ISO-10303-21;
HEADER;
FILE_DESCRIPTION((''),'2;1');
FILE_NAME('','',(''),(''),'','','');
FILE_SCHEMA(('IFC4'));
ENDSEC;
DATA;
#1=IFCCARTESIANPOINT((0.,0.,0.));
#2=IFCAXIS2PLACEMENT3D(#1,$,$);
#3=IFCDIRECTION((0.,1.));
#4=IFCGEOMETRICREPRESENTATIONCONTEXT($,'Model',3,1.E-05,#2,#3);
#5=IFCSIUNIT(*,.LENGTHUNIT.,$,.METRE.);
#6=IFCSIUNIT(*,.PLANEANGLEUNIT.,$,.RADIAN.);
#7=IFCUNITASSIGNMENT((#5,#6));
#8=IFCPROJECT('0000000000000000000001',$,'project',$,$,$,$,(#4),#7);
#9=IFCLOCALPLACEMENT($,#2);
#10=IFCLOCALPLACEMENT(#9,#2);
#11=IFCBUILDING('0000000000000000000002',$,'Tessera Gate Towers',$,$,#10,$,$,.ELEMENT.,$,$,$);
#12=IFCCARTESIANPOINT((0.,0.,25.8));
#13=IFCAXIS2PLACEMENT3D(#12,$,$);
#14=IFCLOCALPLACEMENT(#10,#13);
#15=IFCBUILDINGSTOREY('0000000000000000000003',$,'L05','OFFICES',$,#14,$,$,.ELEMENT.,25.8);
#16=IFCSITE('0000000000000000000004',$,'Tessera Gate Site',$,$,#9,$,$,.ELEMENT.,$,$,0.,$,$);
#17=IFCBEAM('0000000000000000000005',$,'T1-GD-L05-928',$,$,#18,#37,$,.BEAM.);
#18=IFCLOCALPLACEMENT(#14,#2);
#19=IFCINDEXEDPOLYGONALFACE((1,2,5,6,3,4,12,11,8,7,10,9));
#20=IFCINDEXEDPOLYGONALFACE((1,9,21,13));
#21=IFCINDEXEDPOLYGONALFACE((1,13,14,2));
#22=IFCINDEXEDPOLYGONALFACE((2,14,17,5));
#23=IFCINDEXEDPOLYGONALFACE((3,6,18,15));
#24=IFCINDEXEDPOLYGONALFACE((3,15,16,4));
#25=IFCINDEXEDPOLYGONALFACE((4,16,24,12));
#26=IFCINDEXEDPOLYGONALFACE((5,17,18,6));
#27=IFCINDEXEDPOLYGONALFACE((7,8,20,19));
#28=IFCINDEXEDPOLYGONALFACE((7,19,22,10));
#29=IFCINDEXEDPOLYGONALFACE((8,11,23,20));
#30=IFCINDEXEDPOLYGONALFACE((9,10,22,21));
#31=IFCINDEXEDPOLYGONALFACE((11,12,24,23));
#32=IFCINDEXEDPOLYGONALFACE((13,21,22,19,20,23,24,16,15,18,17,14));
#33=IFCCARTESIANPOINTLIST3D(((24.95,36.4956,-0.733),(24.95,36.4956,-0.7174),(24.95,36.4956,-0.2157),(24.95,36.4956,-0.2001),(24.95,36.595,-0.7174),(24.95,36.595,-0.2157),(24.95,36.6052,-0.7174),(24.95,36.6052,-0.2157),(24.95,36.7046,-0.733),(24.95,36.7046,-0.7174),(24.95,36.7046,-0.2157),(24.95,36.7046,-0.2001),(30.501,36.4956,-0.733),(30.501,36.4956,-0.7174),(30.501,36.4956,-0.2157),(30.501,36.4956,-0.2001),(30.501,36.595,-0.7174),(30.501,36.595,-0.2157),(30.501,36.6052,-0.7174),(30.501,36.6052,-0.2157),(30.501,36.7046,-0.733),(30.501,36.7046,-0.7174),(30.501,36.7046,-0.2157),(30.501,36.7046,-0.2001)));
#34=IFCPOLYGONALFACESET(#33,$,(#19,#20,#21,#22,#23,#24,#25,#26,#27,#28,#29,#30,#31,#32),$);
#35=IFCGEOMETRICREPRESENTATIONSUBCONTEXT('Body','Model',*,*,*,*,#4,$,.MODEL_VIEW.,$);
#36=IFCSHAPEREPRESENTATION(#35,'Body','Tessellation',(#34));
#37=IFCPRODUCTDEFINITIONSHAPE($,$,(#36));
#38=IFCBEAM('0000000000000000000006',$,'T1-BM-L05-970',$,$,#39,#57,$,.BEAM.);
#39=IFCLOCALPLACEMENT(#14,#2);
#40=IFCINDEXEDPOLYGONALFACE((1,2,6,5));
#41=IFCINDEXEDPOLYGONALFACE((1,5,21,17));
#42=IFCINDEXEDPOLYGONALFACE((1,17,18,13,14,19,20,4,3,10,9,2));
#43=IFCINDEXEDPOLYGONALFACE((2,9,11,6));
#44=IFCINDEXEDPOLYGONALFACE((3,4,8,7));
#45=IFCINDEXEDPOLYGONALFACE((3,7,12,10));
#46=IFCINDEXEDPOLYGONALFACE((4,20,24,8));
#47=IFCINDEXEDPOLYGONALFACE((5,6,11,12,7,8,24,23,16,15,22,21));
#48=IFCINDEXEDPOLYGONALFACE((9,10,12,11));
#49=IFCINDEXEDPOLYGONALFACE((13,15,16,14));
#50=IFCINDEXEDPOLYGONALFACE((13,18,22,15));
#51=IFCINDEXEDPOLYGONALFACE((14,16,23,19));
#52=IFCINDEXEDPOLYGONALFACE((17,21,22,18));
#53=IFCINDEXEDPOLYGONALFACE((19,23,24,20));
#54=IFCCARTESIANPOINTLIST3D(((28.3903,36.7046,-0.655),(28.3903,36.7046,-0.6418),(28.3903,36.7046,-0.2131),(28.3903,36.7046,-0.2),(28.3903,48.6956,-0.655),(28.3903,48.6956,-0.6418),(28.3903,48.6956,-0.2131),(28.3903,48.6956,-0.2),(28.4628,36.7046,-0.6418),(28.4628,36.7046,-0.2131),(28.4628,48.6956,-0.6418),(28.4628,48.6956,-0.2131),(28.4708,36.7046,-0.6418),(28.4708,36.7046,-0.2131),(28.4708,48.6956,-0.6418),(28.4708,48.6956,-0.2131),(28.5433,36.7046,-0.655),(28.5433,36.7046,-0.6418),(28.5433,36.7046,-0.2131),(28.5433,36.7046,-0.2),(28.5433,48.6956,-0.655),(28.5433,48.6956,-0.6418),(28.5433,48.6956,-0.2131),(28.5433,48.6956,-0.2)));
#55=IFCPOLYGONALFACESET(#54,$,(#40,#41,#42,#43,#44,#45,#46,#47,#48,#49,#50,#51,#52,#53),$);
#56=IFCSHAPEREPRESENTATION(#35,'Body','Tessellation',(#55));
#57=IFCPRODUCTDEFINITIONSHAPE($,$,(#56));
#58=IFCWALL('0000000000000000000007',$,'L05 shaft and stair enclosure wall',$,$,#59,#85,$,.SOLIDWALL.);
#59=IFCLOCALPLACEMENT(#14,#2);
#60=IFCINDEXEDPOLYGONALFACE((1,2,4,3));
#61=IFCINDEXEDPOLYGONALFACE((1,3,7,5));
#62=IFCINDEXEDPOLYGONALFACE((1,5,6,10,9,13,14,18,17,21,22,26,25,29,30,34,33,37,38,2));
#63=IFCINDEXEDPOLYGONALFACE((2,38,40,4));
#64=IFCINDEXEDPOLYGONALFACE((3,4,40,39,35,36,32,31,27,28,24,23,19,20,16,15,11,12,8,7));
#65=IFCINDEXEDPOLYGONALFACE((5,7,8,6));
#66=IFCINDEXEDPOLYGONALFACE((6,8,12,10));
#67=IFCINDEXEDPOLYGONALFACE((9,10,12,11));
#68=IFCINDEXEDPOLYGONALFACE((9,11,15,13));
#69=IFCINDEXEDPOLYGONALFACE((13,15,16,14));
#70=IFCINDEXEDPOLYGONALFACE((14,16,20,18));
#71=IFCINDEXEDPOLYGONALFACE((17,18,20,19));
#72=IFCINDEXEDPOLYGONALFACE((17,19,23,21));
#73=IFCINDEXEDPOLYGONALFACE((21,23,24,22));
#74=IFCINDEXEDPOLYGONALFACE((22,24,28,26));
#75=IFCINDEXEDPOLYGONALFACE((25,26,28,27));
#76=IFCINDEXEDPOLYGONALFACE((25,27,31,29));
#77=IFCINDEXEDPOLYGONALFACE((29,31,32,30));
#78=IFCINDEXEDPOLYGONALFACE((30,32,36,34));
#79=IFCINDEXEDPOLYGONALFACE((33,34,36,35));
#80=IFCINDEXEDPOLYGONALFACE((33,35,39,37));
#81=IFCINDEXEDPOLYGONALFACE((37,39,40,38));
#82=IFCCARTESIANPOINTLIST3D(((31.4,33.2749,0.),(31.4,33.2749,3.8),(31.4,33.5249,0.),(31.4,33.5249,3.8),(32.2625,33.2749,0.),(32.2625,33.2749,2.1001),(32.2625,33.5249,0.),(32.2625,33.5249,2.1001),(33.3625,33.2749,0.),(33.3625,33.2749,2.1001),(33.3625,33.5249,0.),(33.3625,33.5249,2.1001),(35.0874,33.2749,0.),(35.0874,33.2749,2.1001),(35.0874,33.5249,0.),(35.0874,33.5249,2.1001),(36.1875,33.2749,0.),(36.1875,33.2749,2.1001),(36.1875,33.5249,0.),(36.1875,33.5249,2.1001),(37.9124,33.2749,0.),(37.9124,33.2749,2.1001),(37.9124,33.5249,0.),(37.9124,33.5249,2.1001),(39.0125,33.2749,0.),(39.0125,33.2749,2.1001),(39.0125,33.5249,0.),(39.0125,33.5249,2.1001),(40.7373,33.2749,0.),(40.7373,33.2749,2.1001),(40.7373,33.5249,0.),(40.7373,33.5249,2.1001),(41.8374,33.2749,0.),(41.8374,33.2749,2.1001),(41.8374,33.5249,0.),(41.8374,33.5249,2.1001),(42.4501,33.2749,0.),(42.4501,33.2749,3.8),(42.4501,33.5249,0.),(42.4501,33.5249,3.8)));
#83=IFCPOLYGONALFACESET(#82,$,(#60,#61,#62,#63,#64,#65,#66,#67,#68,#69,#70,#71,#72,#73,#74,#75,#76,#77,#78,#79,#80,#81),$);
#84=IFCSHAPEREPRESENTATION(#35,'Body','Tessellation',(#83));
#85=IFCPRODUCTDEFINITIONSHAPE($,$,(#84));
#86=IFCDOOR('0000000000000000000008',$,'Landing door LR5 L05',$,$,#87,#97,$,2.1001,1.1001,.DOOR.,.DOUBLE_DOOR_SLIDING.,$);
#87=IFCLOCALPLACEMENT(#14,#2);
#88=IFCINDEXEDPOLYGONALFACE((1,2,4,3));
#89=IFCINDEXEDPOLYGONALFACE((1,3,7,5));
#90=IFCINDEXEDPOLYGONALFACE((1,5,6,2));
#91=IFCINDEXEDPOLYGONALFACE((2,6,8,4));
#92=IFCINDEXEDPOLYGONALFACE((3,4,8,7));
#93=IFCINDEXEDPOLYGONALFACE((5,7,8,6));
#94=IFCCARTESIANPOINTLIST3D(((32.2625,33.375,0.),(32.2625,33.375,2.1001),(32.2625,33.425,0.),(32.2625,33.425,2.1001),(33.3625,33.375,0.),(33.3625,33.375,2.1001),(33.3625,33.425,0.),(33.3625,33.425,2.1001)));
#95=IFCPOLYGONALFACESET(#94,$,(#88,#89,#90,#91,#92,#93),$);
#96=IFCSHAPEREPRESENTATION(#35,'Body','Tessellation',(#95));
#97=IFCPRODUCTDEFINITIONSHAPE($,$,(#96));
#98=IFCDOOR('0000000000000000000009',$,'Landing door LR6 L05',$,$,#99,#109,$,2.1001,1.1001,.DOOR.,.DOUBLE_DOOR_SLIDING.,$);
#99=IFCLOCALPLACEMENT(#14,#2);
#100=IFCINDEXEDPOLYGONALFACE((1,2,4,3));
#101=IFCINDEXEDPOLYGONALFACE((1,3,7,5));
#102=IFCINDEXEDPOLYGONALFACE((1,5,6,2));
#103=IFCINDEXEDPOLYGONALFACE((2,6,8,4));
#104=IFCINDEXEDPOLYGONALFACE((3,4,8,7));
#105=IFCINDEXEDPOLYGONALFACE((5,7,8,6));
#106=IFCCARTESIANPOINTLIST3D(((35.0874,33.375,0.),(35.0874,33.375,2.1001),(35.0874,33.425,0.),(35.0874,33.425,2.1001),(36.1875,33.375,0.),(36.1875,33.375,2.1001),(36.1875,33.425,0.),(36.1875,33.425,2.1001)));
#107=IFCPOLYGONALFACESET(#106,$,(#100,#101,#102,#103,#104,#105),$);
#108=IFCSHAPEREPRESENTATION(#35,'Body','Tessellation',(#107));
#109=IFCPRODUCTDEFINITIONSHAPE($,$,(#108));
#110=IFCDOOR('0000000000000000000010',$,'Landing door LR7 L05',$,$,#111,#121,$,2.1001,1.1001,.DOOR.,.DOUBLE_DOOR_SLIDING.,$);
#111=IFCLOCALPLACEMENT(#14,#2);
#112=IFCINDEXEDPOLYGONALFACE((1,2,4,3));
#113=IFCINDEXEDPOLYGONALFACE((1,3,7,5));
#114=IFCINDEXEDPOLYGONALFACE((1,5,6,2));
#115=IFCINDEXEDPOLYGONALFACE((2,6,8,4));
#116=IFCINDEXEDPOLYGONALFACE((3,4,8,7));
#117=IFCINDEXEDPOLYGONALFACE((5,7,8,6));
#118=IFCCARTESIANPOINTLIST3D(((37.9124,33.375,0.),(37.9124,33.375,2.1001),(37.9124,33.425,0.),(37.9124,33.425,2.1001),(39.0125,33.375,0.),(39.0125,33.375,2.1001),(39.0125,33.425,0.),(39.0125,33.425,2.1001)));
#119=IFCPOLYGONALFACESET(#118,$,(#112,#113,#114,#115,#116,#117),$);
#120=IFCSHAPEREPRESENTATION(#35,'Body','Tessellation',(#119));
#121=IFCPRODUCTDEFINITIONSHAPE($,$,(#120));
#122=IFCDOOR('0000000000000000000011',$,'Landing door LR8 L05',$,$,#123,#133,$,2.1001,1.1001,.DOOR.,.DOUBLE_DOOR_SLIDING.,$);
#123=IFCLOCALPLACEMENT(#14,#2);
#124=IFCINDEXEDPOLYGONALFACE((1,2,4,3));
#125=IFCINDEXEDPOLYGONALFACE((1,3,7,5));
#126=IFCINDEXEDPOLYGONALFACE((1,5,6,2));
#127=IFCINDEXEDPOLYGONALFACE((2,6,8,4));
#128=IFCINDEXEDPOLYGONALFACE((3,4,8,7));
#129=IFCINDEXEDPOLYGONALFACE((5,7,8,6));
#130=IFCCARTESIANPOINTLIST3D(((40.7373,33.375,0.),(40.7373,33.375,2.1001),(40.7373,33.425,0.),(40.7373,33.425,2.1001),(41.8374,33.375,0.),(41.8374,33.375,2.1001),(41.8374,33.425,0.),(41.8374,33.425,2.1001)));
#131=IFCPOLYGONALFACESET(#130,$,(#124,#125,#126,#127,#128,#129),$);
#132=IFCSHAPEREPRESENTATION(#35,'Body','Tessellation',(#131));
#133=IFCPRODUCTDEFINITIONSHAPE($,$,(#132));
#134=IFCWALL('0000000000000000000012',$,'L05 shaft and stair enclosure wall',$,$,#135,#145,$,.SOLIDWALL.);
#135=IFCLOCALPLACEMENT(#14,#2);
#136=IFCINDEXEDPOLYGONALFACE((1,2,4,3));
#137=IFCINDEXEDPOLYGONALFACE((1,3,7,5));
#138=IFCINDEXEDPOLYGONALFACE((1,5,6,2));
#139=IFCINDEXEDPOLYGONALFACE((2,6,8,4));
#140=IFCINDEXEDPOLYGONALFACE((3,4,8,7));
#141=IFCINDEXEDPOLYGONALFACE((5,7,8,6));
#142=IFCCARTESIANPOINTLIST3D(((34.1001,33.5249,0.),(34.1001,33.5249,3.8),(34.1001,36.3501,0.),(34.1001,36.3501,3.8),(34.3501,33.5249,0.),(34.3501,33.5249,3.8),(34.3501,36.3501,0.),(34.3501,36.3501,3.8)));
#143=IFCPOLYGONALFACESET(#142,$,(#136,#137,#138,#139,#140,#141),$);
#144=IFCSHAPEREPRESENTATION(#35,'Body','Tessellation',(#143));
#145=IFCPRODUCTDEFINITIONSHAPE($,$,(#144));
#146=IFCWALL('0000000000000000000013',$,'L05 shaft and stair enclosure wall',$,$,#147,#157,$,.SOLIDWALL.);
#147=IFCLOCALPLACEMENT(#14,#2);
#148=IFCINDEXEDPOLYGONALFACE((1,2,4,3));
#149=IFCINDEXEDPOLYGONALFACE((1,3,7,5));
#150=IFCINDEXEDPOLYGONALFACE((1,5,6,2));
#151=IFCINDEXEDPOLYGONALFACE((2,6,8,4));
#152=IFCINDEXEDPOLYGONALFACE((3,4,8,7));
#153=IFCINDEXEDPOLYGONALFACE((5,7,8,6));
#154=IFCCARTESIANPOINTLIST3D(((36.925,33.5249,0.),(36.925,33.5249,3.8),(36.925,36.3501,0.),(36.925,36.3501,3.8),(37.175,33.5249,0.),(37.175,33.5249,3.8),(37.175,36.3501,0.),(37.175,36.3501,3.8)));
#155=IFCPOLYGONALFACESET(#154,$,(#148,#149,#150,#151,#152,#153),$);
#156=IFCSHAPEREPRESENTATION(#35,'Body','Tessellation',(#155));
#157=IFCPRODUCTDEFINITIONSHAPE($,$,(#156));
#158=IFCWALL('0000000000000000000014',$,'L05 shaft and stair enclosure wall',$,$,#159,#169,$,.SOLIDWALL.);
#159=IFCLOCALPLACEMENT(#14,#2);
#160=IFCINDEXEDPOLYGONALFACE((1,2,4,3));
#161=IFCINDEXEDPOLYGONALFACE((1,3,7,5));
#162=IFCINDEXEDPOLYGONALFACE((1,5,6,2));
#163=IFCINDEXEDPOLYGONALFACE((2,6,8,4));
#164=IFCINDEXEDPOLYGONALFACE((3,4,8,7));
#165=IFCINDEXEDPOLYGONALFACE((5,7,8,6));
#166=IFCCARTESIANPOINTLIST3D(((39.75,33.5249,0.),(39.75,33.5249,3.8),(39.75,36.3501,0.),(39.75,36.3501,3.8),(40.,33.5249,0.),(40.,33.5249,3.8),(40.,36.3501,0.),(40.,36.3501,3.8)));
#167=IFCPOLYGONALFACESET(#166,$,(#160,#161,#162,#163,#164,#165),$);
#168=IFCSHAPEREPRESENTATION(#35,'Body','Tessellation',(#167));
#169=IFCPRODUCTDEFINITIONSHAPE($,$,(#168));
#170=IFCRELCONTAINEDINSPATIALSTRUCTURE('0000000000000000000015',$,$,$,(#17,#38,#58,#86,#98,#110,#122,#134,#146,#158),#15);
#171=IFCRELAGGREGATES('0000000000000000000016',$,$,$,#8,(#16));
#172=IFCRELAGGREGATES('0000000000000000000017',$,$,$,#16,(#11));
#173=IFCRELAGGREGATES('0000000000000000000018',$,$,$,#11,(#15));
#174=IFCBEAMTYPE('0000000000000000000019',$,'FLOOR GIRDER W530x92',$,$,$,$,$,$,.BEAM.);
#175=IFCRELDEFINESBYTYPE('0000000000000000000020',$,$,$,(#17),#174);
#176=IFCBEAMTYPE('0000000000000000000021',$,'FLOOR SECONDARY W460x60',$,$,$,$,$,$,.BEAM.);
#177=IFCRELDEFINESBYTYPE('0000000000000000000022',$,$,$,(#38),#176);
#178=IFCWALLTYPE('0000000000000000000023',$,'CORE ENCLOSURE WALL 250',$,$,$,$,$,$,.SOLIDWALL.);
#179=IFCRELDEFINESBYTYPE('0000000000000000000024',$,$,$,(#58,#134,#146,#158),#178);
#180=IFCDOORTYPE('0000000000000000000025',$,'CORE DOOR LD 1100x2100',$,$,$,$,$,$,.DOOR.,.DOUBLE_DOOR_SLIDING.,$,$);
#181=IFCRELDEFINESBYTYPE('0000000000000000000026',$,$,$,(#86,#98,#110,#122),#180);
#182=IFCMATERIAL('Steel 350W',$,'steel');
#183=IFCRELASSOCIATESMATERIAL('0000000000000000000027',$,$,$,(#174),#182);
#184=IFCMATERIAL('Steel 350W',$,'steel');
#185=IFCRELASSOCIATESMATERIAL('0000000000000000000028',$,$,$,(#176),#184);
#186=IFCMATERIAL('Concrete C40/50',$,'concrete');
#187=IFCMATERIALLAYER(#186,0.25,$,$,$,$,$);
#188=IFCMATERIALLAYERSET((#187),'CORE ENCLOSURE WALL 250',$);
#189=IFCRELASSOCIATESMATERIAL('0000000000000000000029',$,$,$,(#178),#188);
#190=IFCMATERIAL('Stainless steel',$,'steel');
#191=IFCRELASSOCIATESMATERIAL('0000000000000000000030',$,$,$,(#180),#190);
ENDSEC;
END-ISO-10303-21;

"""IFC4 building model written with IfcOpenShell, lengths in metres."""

from ifc_helpers import new_model, si_unit, direction, frame, frame_2d, origin, origin_2d, place, context, subcontext, project, spatial, rectangle, i_section, extrude, source, transform, mapped, material, layer, layer_set, material_profile, profile_set, type_object, element, fill, save


model = new_model("IFC4")

# Units and contexts
model_context = context("Model", 3, precision=1e-05, world=origin(), true_north=direction((0.0, 1.0)))
body_context = subcontext(model_context, "Body", "Model", "MODEL_VIEW")
ifc_project = project(units=[si_unit("LENGTHUNIT", "METRE"), si_unit("PLANEANGLEUNIT", "RADIAN")], contexts=[model_context])

# Site, building, storey
site_placement = place(None, origin())
site = spatial("IfcSite", under=ifc_project, at=site_placement, Name="Tessera Gate Site", CompositionType="ELEMENT", RefElevation=0.0)
building_placement = place(site_placement, origin())
building = spatial("IfcBuilding", under=site, at=building_placement, Name="Tessera Gate Towers", CompositionType="ELEMENT")
storey_placement = place(building_placement, frame((0.0, 0.0, 25.8)))
storey = spatial("IfcBuildingStorey", under=building, at=storey_placement, Name="L05", Description="OFFICES", CompositionType="ELEMENT", Elevation=25.8)

# Beams
ifc_material_1 = material(Name="Steel 350W", Category="steel")
ifc_material_profile_1 = material_profile(ifc_material_1, i_section(OverallWidth=0.209, OverallDepth=0.533, WebThickness=0.0103, FlangeThickness=0.0156, at=origin_2d()), Name="W530x92")
ifc_profile_set_1 = profile_set([ifc_material_profile_1], Name="Steel 350W")
beam_type_1 = type_object("IfcBeamType", Name="FLOOR GIRDER W530x92", PredefinedType="BEAM", material=ifc_profile_set_1)
beam_1_placement = place(storey_placement, frame((24.95, 36.6001, -0.4666), z_axis=(1.0, 0.0, 0.0), x_axis=(0.0, 1.0, 0.0)))
element("IfcBeam", 1, at=beam_1_placement, inside=storey, type_object=beam_type_1, Name="T1-GD-L05-928", PredefinedType="BEAM", context=body_context, shape_type="SweptSolid", body=[
    extrude(i_section(OverallWidth=0.209, OverallDepth=0.533, WebThickness=0.0103, FlangeThickness=0.0156, at=origin_2d()), origin(), (0.0, 0.0, 1.0), 5.551),
])
ifc_material_2 = material(Name="Steel 350W", Category="steel")
ifc_material_profile_2 = material_profile(ifc_material_2, i_section(OverallWidth=0.1531, OverallDepth=0.4551, WebThickness=0.0081, FlangeThickness=0.0132, at=origin_2d()), Name="W460x60")
ifc_profile_set_2 = profile_set([ifc_material_profile_2], Name="Steel 350W")
beam_type_2 = type_object("IfcBeamType", Name="FLOOR SECONDARY W460x60", PredefinedType="BEAM", material=ifc_profile_set_2)
beam_2_placement = place(storey_placement, frame((28.4668, 36.7046, -0.4275), z_axis=(0.0, 1.0, 0.0), x_axis=(-1.0, 0.0, 0.0)))
element("IfcBeam", 2, at=beam_2_placement, inside=storey, type_object=beam_type_2, Name="T1-BM-L05-970", PredefinedType="BEAM", context=body_context, shape_type="SweptSolid", body=[
    extrude(i_section(OverallWidth=0.1531, OverallDepth=0.4551, WebThickness=0.0081, FlangeThickness=0.0132, at=origin_2d()), origin(), (0.0, 0.0, 1.0), 11.991),
])

# Wall, openings, doors
ifc_material_3 = material(Name="Concrete C40/50", Category="concrete")
ifc_layer_1 = layer(ifc_material_3, 0.25)
ifc_layer_set_1 = layer_set([ifc_layer_1], Name="CORE ENCLOSURE WALL 250")
wall_type_1 = type_object("IfcWallType", Name="CORE ENCLOSURE WALL 250", PredefinedType="SOLIDWALL", material=ifc_layer_set_1)
wall_1_placement = place(storey_placement, frame((42.45, 33.3999, 0.0), z_axis=(0.0, 0.0, 1.0), x_axis=(-1.0, 0.0, 0.0)))
wall_1 = element("IfcWall", 3, at=wall_1_placement, inside=storey, type_object=wall_type_1, Name="L05 shaft and stair enclosure wall", PredefinedType="SOLIDWALL", context=body_context, shape_type="SweptSolid", body=[
    extrude(rectangle(XDim=11.05, YDim=0.25, at=frame_2d((5.5249, 0.0))), origin(), (0.0, 0.0, 1.0), 3.8),
])
shared_shape_1 = source(origin(), body_context, "Body", "SweptSolid", [
    extrude(rectangle(XDim=1.1001, YDim=2.1001, at=frame_2d((0.55, 1.05))), frame((0.0, 0.135, 0.0), z_axis=(0.0, -1.0, 0.0), x_axis=(1.0, 0.0, 0.0)), (0.0, 0.0, 1.0), 0.27),
])
opening_1_placement = place(wall_1_placement, frame((9.0874, 0.0, 0.0)))
opening_1 = element("IfcOpeningElement", 4, at=opening_1_placement, cuts=wall_1, PredefinedType="OPENING", context=body_context, shape_type="MappedRepresentation", body=[
    mapped(shared_shape_1, transform((0.0, 0.0, 0.0), scale=1.0)),
])
opening_2_placement = place(wall_1_placement, frame((6.2625, 0.0, 0.0)))
opening_2 = element("IfcOpeningElement", 5, at=opening_2_placement, cuts=wall_1, PredefinedType="OPENING", context=body_context, shape_type="MappedRepresentation", body=[
    mapped(shared_shape_1, transform((0.0, 0.0, 0.0), scale=1.0)),
])
opening_3_placement = place(wall_1_placement, frame((3.4375, 0.0, 0.0)))
opening_3 = element("IfcOpeningElement", 6, at=opening_3_placement, cuts=wall_1, PredefinedType="OPENING", context=body_context, shape_type="MappedRepresentation", body=[
    mapped(shared_shape_1, transform((0.0, 0.0, 0.0), scale=1.0)),
])
opening_4_placement = place(wall_1_placement, frame((0.6125, 0.0, 0.0)))
opening_4 = element("IfcOpeningElement", 7, at=opening_4_placement, cuts=wall_1, PredefinedType="OPENING", context=body_context, shape_type="MappedRepresentation", body=[
    mapped(shared_shape_1, transform((0.0, 0.0, 0.0), scale=1.0)),
])
ifc_material_4 = material(Name="Stainless steel", Category="steel")
door_type_1 = type_object("IfcDoorType", Name="CORE DOOR LD 1100x2100", OperationType="DOUBLE_DOOR_SLIDING", PredefinedType="DOOR", material=ifc_material_4)
shared_shape_2 = source(origin(), body_context, "Body", "SweptSolid", [
    extrude(rectangle(XDim=1.1001, YDim=2.1001, at=frame_2d((0.55, 1.05))), frame((0.0, 0.0249, 0.0), z_axis=(0.0, -1.0, 0.0), x_axis=(1.0, 0.0, 0.0)), (0.0, 0.0, 1.0), 0.05),
])
door_1_placement = place(opening_1_placement, origin())
door_1 = element("IfcDoor", 8, at=door_1_placement, inside=storey, type_object=door_type_1, Name="Landing door LR5 L05", OperationType="DOUBLE_DOOR_SLIDING", OverallHeight=2.1001, OverallWidth=1.1001, PredefinedType="DOOR", context=body_context, shape_type="MappedRepresentation", body=[
    mapped(shared_shape_2, transform((0.0, 0.0, 0.0), scale=1.0)),
])
fill(opening_1, door_1)
door_2_placement = place(opening_2_placement, origin())
door_2 = element("IfcDoor", 9, at=door_2_placement, inside=storey, type_object=door_type_1, Name="Landing door LR6 L05", OperationType="DOUBLE_DOOR_SLIDING", OverallHeight=2.1001, OverallWidth=1.1001, PredefinedType="DOOR", context=body_context, shape_type="MappedRepresentation", body=[
    mapped(shared_shape_2, transform((0.0, 0.0, 0.0), scale=1.0)),
])
fill(opening_2, door_2)
door_3_placement = place(opening_3_placement, origin())
door_3 = element("IfcDoor", 10, at=door_3_placement, inside=storey, type_object=door_type_1, Name="Landing door LR7 L05", OperationType="DOUBLE_DOOR_SLIDING", OverallHeight=2.1001, OverallWidth=1.1001, PredefinedType="DOOR", context=body_context, shape_type="MappedRepresentation", body=[
    mapped(shared_shape_2, transform((0.0, 0.0, 0.0), scale=1.0)),
])
fill(opening_3, door_3)
door_4_placement = place(opening_4_placement, origin())
door_4 = element("IfcDoor", 11, at=door_4_placement, inside=storey, type_object=door_type_1, Name="Landing door LR8 L05", OperationType="DOUBLE_DOOR_SLIDING", OverallHeight=2.1001, OverallWidth=1.1001, PredefinedType="DOOR", context=body_context, shape_type="MappedRepresentation", body=[
    mapped(shared_shape_2, transform((0.0, 0.0, 0.0), scale=1.0)),
])
fill(opening_4, door_4)

# Walls
for number, where, z_axis, x_axis, name in (
    (12, (34.2251, 33.5249, 0.0), (0.0, 0.0, 1.0), (0.0, 1.0, 0.0), "L05 shaft and stair enclosure wall"),
    (13, (37.05, 33.5249, 0.0), (0.0, 0.0, 1.0), (0.0, 1.0, 0.0), "L05 shaft and stair enclosure wall"),
    (14, (39.875, 33.5249, 0.0), (0.0, 0.0, 1.0), (0.0, 1.0, 0.0), "L05 shaft and stair enclosure wall"),
):
    element("IfcWall", number, at=place(storey_placement, frame(where, z_axis=z_axis, x_axis=x_axis)), inside=storey, type_object=wall_type_1, Name=name, PredefinedType="SOLIDWALL", context=body_context, shape_type="SweptSolid", body=[
        extrude(rectangle(XDim=2.8252, YDim=0.25, at=frame_2d((1.4126, 0.0))), origin(), (0.0, 0.0, 1.0), 3.8),
    ])

save(model, "model.ifc")
